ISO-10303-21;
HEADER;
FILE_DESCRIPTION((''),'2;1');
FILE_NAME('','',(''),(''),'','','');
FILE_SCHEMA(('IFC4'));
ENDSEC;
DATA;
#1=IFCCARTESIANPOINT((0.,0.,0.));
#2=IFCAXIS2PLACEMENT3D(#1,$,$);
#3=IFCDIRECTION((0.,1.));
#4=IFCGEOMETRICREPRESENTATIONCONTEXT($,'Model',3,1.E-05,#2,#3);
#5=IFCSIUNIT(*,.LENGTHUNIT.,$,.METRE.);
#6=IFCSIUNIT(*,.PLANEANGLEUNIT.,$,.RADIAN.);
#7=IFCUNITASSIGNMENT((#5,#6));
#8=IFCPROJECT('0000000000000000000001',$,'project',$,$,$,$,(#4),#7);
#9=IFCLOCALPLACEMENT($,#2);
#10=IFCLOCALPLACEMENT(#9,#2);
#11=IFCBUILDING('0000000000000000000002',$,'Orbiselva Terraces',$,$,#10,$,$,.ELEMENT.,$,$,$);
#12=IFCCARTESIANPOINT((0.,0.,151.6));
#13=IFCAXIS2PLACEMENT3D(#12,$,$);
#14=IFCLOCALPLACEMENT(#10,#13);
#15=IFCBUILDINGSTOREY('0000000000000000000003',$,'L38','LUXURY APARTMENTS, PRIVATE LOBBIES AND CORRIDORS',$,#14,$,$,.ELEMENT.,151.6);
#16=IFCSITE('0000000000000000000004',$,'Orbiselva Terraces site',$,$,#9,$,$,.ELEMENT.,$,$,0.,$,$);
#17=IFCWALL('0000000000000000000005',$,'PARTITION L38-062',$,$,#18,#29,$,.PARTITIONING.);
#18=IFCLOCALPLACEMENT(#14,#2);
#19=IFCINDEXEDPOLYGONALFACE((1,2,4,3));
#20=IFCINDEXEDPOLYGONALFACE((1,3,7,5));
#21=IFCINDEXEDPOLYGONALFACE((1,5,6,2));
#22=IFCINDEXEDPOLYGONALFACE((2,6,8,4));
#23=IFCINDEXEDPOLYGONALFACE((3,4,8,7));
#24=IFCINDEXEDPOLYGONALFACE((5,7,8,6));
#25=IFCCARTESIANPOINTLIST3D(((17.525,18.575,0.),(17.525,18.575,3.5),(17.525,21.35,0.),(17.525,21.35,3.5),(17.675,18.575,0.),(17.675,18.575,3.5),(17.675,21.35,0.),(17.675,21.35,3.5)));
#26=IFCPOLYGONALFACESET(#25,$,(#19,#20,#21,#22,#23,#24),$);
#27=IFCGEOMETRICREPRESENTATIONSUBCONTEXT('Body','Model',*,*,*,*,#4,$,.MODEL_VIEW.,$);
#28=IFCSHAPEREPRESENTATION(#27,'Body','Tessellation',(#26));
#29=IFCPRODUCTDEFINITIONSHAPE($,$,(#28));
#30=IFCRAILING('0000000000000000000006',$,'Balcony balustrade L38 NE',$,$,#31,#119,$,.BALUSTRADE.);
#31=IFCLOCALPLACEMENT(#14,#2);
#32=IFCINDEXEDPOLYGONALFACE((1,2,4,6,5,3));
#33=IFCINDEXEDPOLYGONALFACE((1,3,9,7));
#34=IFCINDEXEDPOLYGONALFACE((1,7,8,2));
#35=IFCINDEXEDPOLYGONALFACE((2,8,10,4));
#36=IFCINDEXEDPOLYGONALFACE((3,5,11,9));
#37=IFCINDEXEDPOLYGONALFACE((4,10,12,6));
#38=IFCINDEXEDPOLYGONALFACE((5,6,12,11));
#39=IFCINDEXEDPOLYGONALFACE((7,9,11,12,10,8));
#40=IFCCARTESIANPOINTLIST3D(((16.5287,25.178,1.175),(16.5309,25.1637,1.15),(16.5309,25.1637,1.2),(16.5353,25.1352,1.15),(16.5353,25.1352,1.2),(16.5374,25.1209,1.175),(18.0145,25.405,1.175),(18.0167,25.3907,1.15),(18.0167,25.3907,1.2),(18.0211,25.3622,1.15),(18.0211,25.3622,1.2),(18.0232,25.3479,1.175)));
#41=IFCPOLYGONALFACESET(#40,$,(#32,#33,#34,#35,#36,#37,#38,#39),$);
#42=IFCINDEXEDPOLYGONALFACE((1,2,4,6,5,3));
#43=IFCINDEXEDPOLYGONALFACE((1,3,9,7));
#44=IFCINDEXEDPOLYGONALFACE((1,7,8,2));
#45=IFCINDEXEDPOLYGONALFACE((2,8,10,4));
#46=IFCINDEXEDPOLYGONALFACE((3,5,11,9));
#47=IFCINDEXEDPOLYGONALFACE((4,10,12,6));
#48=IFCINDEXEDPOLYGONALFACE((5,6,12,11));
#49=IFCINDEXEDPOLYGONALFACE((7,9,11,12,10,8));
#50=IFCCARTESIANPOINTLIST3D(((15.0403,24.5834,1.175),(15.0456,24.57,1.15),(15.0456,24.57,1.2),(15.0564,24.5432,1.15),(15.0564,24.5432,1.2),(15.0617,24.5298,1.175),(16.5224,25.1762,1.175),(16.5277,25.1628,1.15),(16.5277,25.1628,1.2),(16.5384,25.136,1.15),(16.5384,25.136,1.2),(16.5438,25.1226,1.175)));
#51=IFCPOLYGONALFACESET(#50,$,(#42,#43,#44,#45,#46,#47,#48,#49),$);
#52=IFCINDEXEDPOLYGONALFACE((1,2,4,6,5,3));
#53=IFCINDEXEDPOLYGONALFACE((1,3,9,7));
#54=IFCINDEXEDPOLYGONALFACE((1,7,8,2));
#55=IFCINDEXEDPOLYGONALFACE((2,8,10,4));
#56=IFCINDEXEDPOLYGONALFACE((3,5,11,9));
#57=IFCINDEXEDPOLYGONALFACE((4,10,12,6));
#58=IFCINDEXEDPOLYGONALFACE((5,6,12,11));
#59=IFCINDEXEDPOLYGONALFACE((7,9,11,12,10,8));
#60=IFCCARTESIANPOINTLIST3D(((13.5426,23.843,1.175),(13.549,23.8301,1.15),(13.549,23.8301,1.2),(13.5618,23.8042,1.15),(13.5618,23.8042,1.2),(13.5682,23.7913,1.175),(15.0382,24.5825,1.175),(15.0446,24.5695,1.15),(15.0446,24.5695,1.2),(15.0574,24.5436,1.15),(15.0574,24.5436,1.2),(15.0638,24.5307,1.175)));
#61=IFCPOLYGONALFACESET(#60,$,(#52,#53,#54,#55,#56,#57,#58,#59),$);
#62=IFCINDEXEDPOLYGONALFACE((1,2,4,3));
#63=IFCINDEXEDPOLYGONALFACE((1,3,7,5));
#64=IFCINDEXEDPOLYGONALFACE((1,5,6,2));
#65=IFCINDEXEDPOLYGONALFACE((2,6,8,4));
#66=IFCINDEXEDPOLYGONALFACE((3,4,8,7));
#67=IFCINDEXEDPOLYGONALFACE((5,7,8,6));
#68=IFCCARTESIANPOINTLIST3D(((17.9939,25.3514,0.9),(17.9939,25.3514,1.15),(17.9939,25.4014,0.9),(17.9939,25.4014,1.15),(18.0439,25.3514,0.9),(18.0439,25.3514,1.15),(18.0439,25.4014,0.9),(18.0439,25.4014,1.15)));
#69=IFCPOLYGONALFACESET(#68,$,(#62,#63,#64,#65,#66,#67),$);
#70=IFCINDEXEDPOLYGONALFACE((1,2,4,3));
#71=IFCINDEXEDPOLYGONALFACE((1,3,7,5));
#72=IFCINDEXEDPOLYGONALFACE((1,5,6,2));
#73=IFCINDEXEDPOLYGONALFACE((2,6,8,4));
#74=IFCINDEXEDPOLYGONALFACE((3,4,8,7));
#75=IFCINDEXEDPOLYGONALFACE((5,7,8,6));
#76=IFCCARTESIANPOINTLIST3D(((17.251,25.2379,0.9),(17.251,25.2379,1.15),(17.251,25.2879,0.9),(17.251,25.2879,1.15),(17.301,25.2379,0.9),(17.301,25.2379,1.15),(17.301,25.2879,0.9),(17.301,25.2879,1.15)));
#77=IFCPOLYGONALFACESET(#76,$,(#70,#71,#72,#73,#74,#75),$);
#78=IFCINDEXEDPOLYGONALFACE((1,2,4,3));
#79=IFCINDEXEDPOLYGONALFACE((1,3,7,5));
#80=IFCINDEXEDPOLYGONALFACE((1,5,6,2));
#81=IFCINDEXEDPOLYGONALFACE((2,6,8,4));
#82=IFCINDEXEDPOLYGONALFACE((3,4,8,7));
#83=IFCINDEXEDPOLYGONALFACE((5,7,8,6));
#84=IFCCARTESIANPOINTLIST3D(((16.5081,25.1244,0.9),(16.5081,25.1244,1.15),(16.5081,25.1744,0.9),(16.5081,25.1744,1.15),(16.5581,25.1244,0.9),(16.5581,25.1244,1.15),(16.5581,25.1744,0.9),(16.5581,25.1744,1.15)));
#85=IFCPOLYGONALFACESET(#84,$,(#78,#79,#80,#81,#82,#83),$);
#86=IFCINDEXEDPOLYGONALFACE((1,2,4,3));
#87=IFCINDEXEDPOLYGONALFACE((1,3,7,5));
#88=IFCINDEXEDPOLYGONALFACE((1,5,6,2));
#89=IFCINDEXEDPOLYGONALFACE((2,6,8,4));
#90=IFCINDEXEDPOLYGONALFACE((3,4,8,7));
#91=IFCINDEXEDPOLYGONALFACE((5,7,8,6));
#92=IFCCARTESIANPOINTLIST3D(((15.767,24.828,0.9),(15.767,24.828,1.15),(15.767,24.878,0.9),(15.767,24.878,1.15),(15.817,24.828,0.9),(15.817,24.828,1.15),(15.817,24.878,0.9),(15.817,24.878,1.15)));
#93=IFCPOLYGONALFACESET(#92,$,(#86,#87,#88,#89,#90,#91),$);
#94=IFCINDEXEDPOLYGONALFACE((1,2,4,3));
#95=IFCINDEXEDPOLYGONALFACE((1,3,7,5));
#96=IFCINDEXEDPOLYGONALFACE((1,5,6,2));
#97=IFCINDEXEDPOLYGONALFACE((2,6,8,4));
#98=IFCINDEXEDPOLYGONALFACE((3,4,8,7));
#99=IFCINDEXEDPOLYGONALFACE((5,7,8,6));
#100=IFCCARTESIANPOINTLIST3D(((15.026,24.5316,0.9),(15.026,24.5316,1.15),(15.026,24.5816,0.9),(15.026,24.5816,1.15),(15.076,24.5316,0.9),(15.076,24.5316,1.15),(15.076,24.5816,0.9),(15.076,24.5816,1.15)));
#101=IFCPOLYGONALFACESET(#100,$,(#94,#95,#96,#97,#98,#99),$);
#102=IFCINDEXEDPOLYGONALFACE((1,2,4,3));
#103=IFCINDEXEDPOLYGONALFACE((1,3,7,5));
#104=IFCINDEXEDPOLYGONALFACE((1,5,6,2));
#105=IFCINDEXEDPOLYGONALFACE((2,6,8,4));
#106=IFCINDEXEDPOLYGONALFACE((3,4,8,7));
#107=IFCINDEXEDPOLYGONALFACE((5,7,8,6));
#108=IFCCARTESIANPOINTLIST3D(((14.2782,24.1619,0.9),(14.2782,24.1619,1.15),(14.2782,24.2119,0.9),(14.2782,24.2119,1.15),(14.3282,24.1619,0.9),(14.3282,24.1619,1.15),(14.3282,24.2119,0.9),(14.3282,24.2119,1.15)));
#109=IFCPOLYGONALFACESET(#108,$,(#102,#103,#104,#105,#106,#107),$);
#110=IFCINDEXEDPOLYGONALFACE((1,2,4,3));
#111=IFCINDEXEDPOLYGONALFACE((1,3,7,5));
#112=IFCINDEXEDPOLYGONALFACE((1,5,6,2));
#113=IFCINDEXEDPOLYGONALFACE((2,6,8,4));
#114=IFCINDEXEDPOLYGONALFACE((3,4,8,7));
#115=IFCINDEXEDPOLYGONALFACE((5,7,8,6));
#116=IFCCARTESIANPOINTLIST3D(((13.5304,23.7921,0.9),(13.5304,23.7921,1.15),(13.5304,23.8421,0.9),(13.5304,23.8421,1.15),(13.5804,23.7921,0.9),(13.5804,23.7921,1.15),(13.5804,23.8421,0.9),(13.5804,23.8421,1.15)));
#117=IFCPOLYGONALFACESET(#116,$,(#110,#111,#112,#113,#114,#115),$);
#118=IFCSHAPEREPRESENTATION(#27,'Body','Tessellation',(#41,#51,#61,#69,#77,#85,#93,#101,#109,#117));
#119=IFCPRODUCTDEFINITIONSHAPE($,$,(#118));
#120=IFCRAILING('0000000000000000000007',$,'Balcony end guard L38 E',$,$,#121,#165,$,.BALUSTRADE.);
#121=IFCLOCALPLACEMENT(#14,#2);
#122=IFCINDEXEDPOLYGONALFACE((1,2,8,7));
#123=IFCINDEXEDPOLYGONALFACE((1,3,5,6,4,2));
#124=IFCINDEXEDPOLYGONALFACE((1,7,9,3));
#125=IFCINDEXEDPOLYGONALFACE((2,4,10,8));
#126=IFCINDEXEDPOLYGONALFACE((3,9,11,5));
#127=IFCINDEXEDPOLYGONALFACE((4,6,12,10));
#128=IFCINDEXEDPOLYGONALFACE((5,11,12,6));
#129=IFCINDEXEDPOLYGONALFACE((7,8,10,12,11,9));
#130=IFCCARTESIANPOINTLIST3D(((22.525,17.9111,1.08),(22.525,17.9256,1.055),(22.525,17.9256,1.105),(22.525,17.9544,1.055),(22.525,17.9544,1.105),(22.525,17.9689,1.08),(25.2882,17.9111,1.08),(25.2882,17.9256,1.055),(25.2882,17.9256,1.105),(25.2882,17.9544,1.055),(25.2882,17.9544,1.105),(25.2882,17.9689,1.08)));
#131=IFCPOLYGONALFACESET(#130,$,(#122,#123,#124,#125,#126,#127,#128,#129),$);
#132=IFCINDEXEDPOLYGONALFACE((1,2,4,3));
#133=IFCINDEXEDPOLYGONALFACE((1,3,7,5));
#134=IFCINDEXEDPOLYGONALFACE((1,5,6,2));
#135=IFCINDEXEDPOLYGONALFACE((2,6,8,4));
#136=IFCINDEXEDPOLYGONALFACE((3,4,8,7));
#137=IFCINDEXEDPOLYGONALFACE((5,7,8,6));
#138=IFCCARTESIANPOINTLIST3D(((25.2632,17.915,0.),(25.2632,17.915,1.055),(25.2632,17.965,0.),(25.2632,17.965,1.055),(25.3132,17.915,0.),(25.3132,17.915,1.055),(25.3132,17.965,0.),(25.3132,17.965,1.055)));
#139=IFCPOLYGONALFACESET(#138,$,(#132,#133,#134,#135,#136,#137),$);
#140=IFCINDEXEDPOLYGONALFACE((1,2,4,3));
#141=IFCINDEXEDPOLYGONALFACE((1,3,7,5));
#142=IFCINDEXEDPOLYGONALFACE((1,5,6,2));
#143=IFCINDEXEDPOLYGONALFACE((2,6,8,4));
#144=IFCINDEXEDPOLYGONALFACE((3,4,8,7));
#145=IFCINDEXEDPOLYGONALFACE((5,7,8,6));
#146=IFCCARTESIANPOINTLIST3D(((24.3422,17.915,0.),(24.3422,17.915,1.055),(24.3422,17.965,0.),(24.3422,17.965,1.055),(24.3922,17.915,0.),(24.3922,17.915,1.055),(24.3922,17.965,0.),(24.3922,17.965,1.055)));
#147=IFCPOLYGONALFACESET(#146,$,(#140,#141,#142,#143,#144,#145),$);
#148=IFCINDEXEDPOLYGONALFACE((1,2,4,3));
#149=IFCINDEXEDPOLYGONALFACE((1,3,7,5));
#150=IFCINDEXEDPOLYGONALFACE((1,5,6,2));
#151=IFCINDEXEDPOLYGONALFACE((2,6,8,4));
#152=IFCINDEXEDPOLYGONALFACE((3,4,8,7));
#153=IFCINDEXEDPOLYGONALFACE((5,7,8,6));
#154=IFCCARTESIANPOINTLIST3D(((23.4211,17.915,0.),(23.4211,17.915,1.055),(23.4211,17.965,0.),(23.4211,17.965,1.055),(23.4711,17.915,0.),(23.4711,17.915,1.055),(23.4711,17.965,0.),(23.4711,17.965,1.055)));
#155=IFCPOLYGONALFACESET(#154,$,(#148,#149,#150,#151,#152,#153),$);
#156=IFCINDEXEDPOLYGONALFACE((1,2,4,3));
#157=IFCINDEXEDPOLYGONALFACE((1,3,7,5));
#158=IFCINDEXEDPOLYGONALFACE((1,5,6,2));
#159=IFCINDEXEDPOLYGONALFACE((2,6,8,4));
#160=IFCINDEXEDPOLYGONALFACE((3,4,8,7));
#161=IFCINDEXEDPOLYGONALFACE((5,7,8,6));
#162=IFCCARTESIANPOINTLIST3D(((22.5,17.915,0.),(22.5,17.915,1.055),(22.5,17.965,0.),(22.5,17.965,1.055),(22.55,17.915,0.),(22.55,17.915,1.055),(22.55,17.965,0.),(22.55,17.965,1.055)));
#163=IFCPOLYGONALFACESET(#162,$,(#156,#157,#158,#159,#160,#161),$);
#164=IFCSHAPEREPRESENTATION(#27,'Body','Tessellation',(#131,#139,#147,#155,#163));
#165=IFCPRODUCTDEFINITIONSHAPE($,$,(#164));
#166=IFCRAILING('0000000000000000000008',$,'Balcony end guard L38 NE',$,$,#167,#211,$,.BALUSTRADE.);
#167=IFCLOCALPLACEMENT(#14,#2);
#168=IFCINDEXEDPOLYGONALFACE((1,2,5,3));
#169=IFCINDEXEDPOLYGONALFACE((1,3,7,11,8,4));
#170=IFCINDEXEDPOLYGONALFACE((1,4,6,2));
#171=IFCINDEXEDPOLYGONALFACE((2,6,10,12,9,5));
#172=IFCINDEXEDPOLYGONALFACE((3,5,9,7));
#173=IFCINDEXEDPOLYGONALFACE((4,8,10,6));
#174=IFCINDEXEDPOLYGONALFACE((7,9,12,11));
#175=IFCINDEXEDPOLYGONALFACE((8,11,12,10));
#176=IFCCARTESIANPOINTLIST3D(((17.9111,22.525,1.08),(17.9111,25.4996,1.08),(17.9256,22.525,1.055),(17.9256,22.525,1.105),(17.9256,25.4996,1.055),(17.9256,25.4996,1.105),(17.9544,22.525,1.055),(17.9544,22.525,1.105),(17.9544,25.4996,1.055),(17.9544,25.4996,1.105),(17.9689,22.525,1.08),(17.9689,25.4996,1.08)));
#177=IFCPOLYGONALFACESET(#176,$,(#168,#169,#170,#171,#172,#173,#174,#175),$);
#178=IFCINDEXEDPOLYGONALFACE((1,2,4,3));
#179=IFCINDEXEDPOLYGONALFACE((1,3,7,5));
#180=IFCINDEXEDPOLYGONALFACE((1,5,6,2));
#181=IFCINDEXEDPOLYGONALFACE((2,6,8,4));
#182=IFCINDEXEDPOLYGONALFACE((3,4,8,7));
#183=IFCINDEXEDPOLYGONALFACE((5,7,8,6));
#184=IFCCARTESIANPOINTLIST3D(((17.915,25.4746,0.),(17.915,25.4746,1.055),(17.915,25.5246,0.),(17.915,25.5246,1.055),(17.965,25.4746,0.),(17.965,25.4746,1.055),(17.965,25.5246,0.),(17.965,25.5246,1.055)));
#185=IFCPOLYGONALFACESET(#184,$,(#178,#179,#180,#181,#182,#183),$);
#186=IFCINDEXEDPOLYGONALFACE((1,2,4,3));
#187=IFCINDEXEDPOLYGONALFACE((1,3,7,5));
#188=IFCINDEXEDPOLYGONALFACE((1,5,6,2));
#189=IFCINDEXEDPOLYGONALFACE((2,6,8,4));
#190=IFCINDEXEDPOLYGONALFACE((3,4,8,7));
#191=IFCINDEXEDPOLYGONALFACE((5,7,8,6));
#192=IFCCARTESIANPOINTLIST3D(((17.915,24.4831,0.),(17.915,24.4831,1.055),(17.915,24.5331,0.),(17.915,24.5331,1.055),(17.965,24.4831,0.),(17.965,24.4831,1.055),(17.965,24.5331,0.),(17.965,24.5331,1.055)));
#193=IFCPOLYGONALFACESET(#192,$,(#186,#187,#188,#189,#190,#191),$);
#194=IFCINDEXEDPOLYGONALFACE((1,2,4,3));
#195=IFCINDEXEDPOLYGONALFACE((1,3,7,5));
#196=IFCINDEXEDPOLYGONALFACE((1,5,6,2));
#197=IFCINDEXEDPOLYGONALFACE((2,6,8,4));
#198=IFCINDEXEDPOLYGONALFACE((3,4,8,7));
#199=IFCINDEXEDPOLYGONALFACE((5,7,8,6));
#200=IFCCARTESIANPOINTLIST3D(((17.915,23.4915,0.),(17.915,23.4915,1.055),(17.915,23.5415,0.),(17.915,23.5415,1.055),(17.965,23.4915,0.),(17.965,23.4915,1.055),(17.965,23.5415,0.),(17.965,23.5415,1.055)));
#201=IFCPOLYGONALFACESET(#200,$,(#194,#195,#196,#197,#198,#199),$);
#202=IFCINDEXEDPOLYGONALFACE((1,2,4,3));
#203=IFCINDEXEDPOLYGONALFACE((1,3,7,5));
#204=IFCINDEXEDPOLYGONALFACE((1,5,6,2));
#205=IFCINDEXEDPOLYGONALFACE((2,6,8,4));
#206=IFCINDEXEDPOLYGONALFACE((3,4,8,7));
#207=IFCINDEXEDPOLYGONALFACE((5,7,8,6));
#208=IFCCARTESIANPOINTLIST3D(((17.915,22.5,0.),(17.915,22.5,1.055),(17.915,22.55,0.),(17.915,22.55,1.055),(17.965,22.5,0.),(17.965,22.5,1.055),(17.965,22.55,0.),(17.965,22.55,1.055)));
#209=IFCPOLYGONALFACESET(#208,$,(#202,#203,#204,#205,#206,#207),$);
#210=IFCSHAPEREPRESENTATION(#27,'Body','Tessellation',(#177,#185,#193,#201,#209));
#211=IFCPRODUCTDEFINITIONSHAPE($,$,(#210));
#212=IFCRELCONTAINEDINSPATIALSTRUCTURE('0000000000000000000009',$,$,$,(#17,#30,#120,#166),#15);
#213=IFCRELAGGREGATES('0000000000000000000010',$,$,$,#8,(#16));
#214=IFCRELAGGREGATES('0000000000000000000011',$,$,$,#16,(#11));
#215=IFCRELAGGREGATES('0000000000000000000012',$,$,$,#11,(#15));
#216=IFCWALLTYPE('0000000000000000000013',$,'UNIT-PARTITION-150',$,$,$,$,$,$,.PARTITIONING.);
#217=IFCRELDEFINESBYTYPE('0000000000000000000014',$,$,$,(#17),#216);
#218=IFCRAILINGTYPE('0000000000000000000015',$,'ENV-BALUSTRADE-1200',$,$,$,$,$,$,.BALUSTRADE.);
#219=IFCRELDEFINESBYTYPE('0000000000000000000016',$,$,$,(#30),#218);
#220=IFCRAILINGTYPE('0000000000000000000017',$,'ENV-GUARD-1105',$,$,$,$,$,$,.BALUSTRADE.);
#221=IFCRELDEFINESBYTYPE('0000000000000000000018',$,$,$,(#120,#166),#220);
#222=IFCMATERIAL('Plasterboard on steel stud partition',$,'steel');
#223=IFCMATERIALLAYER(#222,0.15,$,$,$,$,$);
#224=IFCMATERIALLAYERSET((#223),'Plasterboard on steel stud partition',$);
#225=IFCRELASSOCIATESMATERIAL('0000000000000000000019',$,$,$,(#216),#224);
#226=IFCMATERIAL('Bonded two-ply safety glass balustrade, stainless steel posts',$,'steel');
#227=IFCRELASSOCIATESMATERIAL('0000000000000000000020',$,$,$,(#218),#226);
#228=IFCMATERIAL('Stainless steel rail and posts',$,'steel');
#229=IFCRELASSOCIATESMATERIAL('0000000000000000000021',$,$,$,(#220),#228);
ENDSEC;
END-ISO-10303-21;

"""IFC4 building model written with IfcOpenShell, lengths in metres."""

from ifc_helpers import new_model, si_unit, direction, frame, frame_2d, origin, origin_2d, place, context, subcontext, project, spatial, polyline, rectangle, outline, extrude, material, layer, layer_set, type_object, element, save


model = new_model("IFC4")

# Units and contexts
model_context = context("Model", 3, precision=1e-05, world=origin(), true_north=direction((0.0, 1.0)))
body_context = subcontext(model_context, "Body", "Model", "MODEL_VIEW")
ifc_project = project(units=[si_unit("LENGTHUNIT", "METRE"), si_unit("PLANEANGLEUNIT", "RADIAN")], contexts=[model_context])

# Site, building, storey
site_placement = place(None, origin())
site = spatial("IfcSite", under=ifc_project, at=site_placement, Name="Orbiselva Terraces site", CompositionType="ELEMENT", RefElevation=0.0)
building_placement = place(site_placement, origin())
building = spatial("IfcBuilding", under=site, at=building_placement, Name="Orbiselva Terraces", CompositionType="ELEMENT")
storey_placement = place(building_placement, frame((0.0, 0.0, 151.6)))
storey = spatial("IfcBuildingStorey", under=building, at=storey_placement, Name="L38", Description="LUXURY APARTMENTS, PRIVATE LOBBIES AND CORRIDORS", CompositionType="ELEMENT", Elevation=151.6)

# Wall
ifc_material_1 = material(Name="Plasterboard on steel stud partition", Category="steel")
ifc_layer_1 = layer(ifc_material_1, 0.15)
ifc_layer_set_1 = layer_set([ifc_layer_1], Name="Plasterboard on steel stud partition")
wall_type_1 = type_object("IfcWallType", Name="UNIT-PARTITION-150", PredefinedType="PARTITIONING", material=ifc_layer_set_1)
wall_1_placement = place(storey_placement, frame((17.6, 18.575, 0.0), z_axis=(0.0, 0.0, 1.0), x_axis=(0.0, 1.0, 0.0)))
element("IfcWall", 1, at=wall_1_placement, inside=storey, type_object=wall_type_1, Name="PARTITION L38-062", PredefinedType="PARTITIONING", context=body_context, shape_type="SweptSolid", body=[
    extrude(rectangle(XDim=2.775, YDim=0.15, at=frame_2d((1.3875, 0.0))), origin(), (0.0, 0.0, 1.0), 3.5),
])

# Railings
ifc_material_2 = material(Name="Bonded two-ply safety glass balustrade, stainless steel posts", Category="steel")
railing_type_1 = type_object("IfcRailingType", Name="ENV-BALUSTRADE-1200", PredefinedType="BALUSTRADE", material=ifc_material_2)
railing_1_placement = place(storey_placement, frame((18.0189, 25.3764, 0.9)))
element("IfcRailing", 2, at=railing_1_placement, inside=storey, type_object=railing_type_1, Name="Balcony balustrade L38 NE", PredefinedType="BALUSTRADE", context=body_context, shape_type="SweptSolid", body=[
    extrude(outline(polyline([(0.0289, 0.0), (0.0144, 0.025), (-0.0144, 0.025), (-0.0289, 0.0), (-0.0144, -0.025), (0.0144, -0.025), (0.0289, 0.0)])), frame((0.0, 0.0, 0.275), z_axis=(-0.988529, -0.151034, 0.0), x_axis=(0.151034, -0.988529, 0.0)), (0.0, 0.0, 1.0), 1.503),
    extrude(outline(polyline([(0.0289, 0.0), (0.0144, 0.025), (-0.0144, 0.025), (-0.0289, 0.0), (-0.0144, -0.025), (0.0144, -0.025), (0.0289, 0.0)])), frame((-1.4858, -0.227, 0.275), z_axis=(-0.928477, -0.371391, 0.0), x_axis=(0.371391, -0.928477, 0.0)), (0.0, 0.0, 1.0), 1.5963),
    extrude(outline(polyline([(0.0289, 0.0), (0.0144, 0.025), (-0.0144, 0.025), (-0.0289, 0.0), (-0.0144, -0.025), (0.0144, -0.025), (0.0289, 0.0)])), frame((-2.9679, -0.8198, 0.275), z_axis=(-0.896417, -0.443212, 0.0), x_axis=(0.443212, -0.896417, 0.0)), (0.0, 0.0, 1.0), 1.6684),
    extrude(rectangle(XDim=0.05, YDim=0.05, at=origin_2d()), origin(), (0.0, 0.0, 1.0), 0.25),
    extrude(rectangle(XDim=0.05, YDim=0.05, at=origin_2d()), frame((-0.7429, -0.1135, 0.0)), (0.0, 0.0, 1.0), 0.25),
    extrude(rectangle(XDim=0.05, YDim=0.05, at=origin_2d()), frame((-1.4858, -0.227, 0.0)), (0.0, 0.0, 1.0), 0.25),
    extrude(rectangle(XDim=0.05, YDim=0.05, at=origin_2d()), frame((-2.2268, -0.5234, 0.0)), (0.0, 0.0, 1.0), 0.25),
    extrude(rectangle(XDim=0.05, YDim=0.05, at=origin_2d()), frame((-2.9679, -0.8198, 0.0)), (0.0, 0.0, 1.0), 0.25),
    extrude(rectangle(XDim=0.05, YDim=0.05, at=origin_2d()), frame((-3.7157, -1.1896, 0.0)), (0.0, 0.0, 1.0), 0.25),
    extrude(rectangle(XDim=0.05, YDim=0.05, at=origin_2d()), frame((-4.4635, -1.5593, 0.0)), (0.0, 0.0, 1.0), 0.25),
])
ifc_material_3 = material(Name="Stainless steel rail and posts", Category="steel")
railing_type_2 = type_object("IfcRailingType", Name="ENV-GUARD-1105", PredefinedType="BALUSTRADE", material=ifc_material_3)
railing_2_placement = place(storey_placement, frame((25.2882, 17.94, 0.0)))
element("IfcRailing", 3, at=railing_2_placement, inside=storey, type_object=railing_type_2, Name="Balcony end guard L38 E", PredefinedType="BALUSTRADE", context=body_context, shape_type="SweptSolid", body=[
    extrude(outline(polyline([(0.0289, 0.0), (0.0144, 0.025), (-0.0144, 0.025), (-0.0289, 0.0), (-0.0144, -0.025), (0.0144, -0.025), (0.0289, 0.0)])), frame((0.0, 0.0, 1.08), z_axis=(-1.0, 0.0, 0.0), x_axis=(0.0, -1.0, 0.0)), (0.0, 0.0, 1.0), 2.7632),
    extrude(rectangle(XDim=0.05, YDim=0.05, at=origin_2d()), origin(), (0.0, 0.0, 1.0), 1.055),
    extrude(rectangle(XDim=0.05, YDim=0.05, at=origin_2d()), frame((-0.9211, 0.0, 0.0)), (0.0, 0.0, 1.0), 1.055),
    extrude(rectangle(XDim=0.05, YDim=0.05, at=origin_2d()), frame((-1.8422, 0.0, 0.0)), (0.0, 0.0, 1.0), 1.055),
    extrude(rectangle(XDim=0.05, YDim=0.05, at=origin_2d()), frame((-2.7632, 0.0, 0.0)), (0.0, 0.0, 1.0), 1.055),
])
railing_3_placement = place(storey_placement, frame((17.94, 25.4996, 0.0)))
element("IfcRailing", 4, at=railing_3_placement, inside=storey, type_object=railing_type_2, Name="Balcony end guard L38 NE", PredefinedType="BALUSTRADE", context=body_context, shape_type="SweptSolid", body=[
    extrude(outline(polyline([(0.0289, 0.0), (0.0144, 0.025), (-0.0144, 0.025), (-0.0289, 0.0), (-0.0144, -0.025), (0.0144, -0.025), (0.0289, 0.0)])), frame((0.0, 0.0, 1.08), z_axis=(0.0, -1.0, 0.0), x_axis=(1.0, 0.0, 0.0)), (0.0, 0.0, 1.0), 2.9746),
    extrude(rectangle(XDim=0.05, YDim=0.05, at=origin_2d()), origin(), (0.0, 0.0, 1.0), 1.055),
    extrude(rectangle(XDim=0.05, YDim=0.05, at=origin_2d()), frame((0.0, -0.9915, 0.0)), (0.0, 0.0, 1.0), 1.055),
    extrude(rectangle(XDim=0.05, YDim=0.05, at=origin_2d()), frame((0.0, -1.9831, 0.0)), (0.0, 0.0, 1.0), 1.055),
    extrude(rectangle(XDim=0.05, YDim=0.05, at=origin_2d()), frame((0.0, -2.9746, 0.0)), (0.0, 0.0, 1.0), 1.055),
])

save(model, "model.ifc")
